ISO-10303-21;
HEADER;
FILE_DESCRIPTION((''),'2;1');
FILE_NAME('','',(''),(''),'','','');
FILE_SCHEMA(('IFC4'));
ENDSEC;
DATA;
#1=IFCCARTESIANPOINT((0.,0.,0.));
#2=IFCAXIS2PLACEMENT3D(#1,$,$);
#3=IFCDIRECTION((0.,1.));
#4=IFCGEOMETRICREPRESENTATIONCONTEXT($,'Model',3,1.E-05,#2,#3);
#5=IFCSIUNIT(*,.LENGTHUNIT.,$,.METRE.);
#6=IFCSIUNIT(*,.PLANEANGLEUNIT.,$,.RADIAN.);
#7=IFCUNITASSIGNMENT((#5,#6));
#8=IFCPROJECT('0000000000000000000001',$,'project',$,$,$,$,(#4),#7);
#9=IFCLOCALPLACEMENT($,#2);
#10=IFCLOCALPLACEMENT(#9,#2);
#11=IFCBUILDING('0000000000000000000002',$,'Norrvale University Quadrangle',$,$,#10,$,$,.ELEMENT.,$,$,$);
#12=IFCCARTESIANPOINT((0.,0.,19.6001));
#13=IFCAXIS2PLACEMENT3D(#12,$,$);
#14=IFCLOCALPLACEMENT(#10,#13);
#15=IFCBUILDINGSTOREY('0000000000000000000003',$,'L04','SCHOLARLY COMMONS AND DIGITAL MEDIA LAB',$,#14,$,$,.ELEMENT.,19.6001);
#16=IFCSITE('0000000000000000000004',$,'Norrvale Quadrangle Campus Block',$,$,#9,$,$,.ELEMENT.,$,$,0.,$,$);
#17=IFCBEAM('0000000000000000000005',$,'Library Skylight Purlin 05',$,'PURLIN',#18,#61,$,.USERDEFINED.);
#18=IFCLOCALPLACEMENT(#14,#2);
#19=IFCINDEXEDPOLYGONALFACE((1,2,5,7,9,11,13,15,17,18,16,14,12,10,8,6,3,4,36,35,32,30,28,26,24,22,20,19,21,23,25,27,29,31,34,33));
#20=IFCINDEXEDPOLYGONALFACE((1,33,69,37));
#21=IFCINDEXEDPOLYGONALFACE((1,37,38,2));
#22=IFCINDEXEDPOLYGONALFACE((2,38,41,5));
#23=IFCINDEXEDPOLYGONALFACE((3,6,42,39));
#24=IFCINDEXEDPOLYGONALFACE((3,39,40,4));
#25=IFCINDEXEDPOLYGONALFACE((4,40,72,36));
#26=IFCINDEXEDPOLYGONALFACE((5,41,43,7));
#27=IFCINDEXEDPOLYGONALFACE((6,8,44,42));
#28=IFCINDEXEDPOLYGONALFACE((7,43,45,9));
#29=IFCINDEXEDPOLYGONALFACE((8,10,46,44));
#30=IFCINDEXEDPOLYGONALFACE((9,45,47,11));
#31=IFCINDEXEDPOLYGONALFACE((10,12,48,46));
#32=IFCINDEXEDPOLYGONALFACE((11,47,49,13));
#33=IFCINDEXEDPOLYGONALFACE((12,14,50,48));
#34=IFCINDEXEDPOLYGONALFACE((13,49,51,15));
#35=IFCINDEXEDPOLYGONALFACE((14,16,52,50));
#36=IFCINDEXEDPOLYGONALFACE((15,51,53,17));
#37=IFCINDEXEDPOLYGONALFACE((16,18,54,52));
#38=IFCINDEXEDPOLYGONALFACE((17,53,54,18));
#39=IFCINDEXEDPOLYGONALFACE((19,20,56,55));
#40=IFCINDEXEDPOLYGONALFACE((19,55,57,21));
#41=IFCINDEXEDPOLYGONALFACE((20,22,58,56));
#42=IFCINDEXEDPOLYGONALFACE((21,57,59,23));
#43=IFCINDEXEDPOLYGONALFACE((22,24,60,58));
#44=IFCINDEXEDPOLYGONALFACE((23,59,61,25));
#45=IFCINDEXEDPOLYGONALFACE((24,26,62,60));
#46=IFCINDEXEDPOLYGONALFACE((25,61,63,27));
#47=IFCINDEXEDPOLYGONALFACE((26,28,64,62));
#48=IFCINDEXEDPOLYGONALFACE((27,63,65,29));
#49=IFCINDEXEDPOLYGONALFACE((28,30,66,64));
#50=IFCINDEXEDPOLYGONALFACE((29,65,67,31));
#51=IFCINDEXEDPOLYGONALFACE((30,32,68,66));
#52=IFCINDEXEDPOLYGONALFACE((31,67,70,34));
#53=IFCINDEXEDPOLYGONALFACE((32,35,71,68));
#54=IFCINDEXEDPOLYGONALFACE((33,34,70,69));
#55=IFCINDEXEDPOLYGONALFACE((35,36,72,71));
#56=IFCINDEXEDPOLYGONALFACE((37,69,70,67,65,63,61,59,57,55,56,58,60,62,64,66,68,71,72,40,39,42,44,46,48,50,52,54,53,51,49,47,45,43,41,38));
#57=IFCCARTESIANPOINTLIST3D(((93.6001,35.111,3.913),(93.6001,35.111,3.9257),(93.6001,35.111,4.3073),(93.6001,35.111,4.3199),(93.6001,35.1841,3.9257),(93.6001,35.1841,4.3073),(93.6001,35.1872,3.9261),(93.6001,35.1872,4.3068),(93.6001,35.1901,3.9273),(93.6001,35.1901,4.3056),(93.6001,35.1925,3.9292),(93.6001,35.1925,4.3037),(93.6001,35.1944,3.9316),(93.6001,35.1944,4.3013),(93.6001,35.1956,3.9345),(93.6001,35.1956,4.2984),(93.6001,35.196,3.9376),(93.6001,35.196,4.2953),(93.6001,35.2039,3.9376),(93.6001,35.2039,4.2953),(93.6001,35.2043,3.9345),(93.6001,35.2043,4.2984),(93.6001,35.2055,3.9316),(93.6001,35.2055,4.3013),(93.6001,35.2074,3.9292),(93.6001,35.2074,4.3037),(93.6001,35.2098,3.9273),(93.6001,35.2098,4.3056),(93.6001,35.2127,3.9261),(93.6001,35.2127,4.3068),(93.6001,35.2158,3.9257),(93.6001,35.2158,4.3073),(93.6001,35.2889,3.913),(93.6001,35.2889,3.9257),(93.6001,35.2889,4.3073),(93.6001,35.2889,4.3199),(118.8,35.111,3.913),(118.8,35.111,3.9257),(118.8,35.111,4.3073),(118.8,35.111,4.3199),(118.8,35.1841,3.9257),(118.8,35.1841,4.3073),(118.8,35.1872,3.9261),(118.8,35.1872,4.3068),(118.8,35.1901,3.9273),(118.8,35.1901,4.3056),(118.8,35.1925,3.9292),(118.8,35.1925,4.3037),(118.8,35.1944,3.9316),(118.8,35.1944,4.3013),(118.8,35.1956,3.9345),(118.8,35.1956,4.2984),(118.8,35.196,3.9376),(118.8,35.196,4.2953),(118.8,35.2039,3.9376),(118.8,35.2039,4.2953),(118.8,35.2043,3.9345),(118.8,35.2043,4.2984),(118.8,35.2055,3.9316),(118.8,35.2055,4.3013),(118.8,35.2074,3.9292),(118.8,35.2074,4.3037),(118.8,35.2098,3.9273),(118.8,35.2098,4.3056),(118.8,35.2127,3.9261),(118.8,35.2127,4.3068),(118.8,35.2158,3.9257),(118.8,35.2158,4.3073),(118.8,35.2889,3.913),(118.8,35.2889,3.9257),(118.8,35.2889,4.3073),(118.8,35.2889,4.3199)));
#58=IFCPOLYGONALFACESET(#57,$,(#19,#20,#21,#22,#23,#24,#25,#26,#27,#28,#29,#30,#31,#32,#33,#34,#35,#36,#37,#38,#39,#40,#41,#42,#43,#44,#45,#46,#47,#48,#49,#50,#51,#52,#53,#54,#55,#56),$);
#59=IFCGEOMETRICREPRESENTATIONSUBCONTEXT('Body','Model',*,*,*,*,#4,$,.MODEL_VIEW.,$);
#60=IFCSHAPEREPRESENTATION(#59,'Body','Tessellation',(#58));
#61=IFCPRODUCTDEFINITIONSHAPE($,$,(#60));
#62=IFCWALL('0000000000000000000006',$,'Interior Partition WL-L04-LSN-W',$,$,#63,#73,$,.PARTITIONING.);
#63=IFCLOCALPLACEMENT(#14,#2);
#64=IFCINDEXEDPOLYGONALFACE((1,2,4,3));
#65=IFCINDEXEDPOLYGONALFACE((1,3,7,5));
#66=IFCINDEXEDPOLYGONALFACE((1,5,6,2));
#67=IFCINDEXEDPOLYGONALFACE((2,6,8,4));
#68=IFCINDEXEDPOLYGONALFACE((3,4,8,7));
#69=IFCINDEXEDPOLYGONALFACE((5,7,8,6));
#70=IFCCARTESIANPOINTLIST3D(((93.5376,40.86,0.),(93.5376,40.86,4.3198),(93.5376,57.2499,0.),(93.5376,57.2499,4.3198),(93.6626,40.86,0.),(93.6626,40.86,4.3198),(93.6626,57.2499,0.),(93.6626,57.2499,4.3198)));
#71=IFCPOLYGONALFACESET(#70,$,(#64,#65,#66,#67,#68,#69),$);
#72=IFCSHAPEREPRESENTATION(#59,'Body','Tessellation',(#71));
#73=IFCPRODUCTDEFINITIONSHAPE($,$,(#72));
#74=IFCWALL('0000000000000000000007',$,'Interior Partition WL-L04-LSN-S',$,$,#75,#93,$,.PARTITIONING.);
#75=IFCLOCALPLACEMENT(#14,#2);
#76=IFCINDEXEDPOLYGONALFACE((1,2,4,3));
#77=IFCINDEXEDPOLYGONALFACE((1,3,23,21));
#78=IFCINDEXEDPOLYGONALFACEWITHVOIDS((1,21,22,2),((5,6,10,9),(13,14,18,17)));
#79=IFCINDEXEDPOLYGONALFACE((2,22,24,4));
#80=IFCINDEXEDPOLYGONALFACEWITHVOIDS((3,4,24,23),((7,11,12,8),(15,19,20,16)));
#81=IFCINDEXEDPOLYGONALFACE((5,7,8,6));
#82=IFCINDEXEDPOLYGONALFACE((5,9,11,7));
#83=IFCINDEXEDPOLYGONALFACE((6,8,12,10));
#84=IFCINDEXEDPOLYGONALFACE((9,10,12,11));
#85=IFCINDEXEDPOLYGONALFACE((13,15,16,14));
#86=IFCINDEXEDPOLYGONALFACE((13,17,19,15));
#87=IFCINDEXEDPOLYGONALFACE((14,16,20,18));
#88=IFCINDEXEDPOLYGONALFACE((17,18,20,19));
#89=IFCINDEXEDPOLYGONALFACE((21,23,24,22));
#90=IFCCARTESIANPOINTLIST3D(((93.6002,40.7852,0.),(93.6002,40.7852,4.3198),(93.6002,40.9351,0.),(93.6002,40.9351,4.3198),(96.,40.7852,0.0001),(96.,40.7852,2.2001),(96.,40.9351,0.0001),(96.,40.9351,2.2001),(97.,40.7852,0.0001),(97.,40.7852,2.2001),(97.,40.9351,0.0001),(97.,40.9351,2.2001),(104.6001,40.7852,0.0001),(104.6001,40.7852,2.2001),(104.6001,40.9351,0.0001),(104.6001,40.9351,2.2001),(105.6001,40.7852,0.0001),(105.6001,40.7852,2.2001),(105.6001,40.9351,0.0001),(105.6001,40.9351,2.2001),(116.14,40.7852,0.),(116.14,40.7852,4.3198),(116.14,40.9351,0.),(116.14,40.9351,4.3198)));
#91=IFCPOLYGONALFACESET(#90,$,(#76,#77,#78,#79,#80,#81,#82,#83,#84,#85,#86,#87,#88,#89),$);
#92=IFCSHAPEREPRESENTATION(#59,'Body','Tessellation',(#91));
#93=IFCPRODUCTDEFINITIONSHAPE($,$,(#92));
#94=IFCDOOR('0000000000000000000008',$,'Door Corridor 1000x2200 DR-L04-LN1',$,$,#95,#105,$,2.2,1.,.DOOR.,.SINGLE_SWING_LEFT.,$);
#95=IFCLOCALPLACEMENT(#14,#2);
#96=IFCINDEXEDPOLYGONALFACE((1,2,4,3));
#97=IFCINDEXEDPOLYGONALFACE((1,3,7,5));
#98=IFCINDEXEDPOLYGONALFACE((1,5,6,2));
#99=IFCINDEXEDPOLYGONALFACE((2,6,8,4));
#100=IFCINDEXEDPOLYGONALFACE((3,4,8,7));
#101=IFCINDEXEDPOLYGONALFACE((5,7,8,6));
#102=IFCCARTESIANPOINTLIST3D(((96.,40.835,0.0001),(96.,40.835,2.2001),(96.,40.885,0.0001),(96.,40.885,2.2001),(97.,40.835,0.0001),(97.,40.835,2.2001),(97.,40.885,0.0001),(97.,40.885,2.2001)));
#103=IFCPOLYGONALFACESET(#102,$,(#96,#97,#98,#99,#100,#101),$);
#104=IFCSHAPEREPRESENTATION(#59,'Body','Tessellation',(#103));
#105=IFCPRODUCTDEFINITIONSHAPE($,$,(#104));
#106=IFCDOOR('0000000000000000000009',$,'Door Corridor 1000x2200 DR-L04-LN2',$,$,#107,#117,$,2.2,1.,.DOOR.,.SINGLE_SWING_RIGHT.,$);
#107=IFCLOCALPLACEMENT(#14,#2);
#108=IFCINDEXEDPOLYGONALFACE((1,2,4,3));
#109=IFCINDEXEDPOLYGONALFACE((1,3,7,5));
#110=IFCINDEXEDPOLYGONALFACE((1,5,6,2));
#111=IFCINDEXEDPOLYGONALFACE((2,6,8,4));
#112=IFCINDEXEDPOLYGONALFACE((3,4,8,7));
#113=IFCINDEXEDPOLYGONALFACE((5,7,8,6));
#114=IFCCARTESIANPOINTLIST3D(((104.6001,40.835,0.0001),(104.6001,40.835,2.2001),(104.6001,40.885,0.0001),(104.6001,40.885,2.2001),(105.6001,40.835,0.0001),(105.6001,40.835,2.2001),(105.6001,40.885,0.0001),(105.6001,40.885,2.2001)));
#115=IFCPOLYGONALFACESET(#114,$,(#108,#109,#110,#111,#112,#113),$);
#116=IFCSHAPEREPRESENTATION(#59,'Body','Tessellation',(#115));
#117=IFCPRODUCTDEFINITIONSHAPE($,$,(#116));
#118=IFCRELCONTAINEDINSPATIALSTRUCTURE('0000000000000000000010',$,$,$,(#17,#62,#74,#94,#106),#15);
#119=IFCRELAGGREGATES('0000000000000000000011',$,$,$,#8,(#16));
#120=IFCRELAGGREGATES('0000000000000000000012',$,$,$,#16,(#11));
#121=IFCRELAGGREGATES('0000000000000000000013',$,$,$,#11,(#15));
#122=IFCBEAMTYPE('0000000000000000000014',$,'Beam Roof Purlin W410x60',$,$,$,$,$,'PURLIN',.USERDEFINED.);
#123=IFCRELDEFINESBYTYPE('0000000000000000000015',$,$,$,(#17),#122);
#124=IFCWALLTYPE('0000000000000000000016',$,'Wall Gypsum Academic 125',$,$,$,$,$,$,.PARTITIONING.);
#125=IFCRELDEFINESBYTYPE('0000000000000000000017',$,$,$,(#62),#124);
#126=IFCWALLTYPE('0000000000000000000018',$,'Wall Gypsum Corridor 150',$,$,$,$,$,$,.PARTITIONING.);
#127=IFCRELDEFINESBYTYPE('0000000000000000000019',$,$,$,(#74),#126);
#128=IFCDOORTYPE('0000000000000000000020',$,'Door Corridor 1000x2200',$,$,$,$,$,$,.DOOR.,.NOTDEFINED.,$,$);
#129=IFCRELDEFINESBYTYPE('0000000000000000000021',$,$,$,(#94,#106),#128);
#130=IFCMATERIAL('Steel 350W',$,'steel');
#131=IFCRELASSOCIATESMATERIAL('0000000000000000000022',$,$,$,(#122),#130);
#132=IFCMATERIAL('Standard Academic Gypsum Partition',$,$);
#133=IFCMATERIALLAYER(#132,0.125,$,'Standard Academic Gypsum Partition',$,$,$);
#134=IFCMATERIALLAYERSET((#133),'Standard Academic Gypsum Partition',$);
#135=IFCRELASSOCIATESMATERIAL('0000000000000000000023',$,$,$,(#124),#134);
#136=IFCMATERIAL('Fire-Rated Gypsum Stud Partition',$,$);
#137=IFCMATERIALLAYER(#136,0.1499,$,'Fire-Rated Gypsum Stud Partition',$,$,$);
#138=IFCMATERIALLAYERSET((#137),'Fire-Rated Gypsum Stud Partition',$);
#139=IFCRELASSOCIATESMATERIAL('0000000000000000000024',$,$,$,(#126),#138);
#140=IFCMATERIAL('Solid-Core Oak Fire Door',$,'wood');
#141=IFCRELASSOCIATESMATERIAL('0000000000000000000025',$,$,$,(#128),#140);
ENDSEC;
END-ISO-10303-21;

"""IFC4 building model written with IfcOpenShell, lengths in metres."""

from ifc_helpers import new_model, si_unit, direction, frame, frame_2d, origin, origin_2d, place, context, subcontext, project, spatial, rectangle, i_section, extrude, material, layer, layer_set, material_profile, profile_set, type_object, element, fill, save


model = new_model("IFC4")

# Units and contexts
model_context = context("Model", 3, precision=1e-05, world=origin(), true_north=direction((0.0, 1.0)))
body_context = subcontext(model_context, "Body", "Model", "MODEL_VIEW")
ifc_project = project(units=[si_unit("LENGTHUNIT", "METRE"), si_unit("PLANEANGLEUNIT", "RADIAN")], contexts=[model_context])

# Site, building, storey
site_placement = place(None, origin())
site = spatial("IfcSite", under=ifc_project, at=site_placement, Name="Norrvale Quadrangle Campus Block", CompositionType="ELEMENT", RefElevation=0.0)
building_placement = place(site_placement, origin())
building = spatial("IfcBuilding", under=site, at=building_placement, Name="Norrvale University Quadrangle", CompositionType="ELEMENT")
storey_placement = place(building_placement, frame((0.0, 0.0, 19.6001)))
storey = spatial("IfcBuildingStorey", under=building, at=storey_placement, Name="L04", Description="SCHOLARLY COMMONS AND DIGITAL MEDIA LAB", CompositionType="ELEMENT", Elevation=19.6001)

# Beam
ifc_material_1 = material(Name="Steel 350W", Category="steel")
ifc_material_profile_1 = material_profile(ifc_material_1, i_section(OverallWidth=0.178, OverallDepth=0.407, WebThickness=0.0078, FlangeThickness=0.0127, FilletRadius=0.012, at=origin_2d()), Name="Steel 350W")
ifc_profile_set_1 = profile_set([ifc_material_profile_1], Name="Steel 350W")
beam_type_1 = type_object("IfcBeamType", Name="Beam Roof Purlin W410x60", ElementType="PURLIN", PredefinedType="USERDEFINED", material=ifc_profile_set_1)
for number, where, z_axis, x_axis, name in (
    (1, (93.6001, 35.2, 4.1165), (1.0, 0.0, 0.0), (0.0, 1.0, 0.0), "Library Skylight Purlin 05"),
):
    element("IfcBeam", number, at=place(storey_placement, frame(where, z_axis=z_axis, x_axis=x_axis)), inside=storey, type_object=beam_type_1, Name=name, ObjectType="PURLIN", PredefinedType="USERDEFINED", context=body_context, shape_type="SweptSolid", body=[
        extrude(i_section(OverallWidth=0.178, OverallDepth=0.407, WebThickness=0.0078, FlangeThickness=0.0127, FilletRadius=0.012, at=origin_2d()), origin(), (0.0, 0.0, 1.0), 25.2),
    ])

# Wall
ifc_material_2 = material(Name="Standard Academic Gypsum Partition")
ifc_layer_1 = layer(ifc_material_2, 0.125, Name="Standard Academic Gypsum Partition")
ifc_layer_set_1 = layer_set([ifc_layer_1], Name="Standard Academic Gypsum Partition")
wall_type_1 = type_object("IfcWallType", Name="Wall Gypsum Academic 125", PredefinedType="PARTITIONING", material=ifc_layer_set_1)
wall_1_placement = place(storey_placement, frame((93.6001, 40.8601, 0.0), z_axis=(0.0, 0.0, 1.0), x_axis=(0.0, 1.0, 0.0)))
element("IfcWall", 2, at=wall_1_placement, inside=storey, type_object=wall_type_1, Name="Interior Partition WL-L04-LSN-W", PredefinedType="PARTITIONING", context=body_context, shape_type="SweptSolid", body=[
    extrude(rectangle(XDim=16.3899, YDim=0.125, at=frame_2d((8.1948, 0.0))), origin(), (0.0, 0.0, 1.0), 4.3198),
])

# Wall, openings, doors
ifc_material_3 = material(Name="Fire-Rated Gypsum Stud Partition")
ifc_layer_2 = layer(ifc_material_3, 0.1499, Name="Fire-Rated Gypsum Stud Partition")
ifc_layer_set_2 = layer_set([ifc_layer_2], Name="Fire-Rated Gypsum Stud Partition")
wall_type_2 = type_object("IfcWallType", Name="Wall Gypsum Corridor 150", PredefinedType="PARTITIONING", material=ifc_layer_set_2)
wall_2_placement = place(storey_placement, frame((93.6001, 40.8601, 0.0), z_axis=(0.0, 0.0, 1.0), x_axis=(1.0, 0.0, 0.0)))
wall_2 = element("IfcWall", 3, at=wall_2_placement, inside=storey, type_object=wall_type_2, Name="Interior Partition WL-L04-LSN-S", PredefinedType="PARTITIONING", context=body_context, shape_type="SweptSolid", body=[
    extrude(rectangle(XDim=22.5398, YDim=0.1499, at=frame_2d((11.27, 0.0))), origin(), (0.0, 0.0, 1.0), 4.3198),
])
opening_1_placement = place(wall_2_placement, frame((2.3999, 0.0, 0.0)))
opening_1 = element("IfcOpeningElement", 4, at=opening_1_placement, cuts=wall_2, PredefinedType="OPENING", context=body_context, shape_type="SweptSolid", body=[
    extrude(rectangle(XDim=1.0, YDim=2.2, at=frame_2d((0.5, 1.1001))), frame((0.0, 0.0869, 0.0), z_axis=(0.0, -1.0, 0.0), x_axis=(1.0, 0.0, 0.0)), (0.0, 0.0, 1.0), 0.1738),
])
opening_2_placement = place(wall_2_placement, frame((11.0, 0.0, 0.0)))
opening_2 = element("IfcOpeningElement", 5, at=opening_2_placement, cuts=wall_2, PredefinedType="OPENING", context=body_context, shape_type="SweptSolid", body=[
    extrude(rectangle(XDim=1.0, YDim=2.2, at=frame_2d((0.5, 1.1001))), frame((0.0, 0.0869, 0.0), z_axis=(0.0, -1.0, 0.0), x_axis=(1.0, 0.0, 0.0)), (0.0, 0.0, 1.0), 0.1738),
])
ifc_material_4 = material(Name="Solid-Core Oak Fire Door", Category="wood")
door_type = type_object("IfcDoorType", Name="Door Corridor 1000x2200", OperationType="NOTDEFINED", PredefinedType="DOOR", material=ifc_material_4)
door_1_placement = place(opening_1_placement, origin())
door_1 = element("IfcDoor", 6, at=door_1_placement, inside=storey, type_object=door_type, Name="Door Corridor 1000x2200 DR-L04-LN1", OperationType="SINGLE_SWING_LEFT", OverallHeight=2.2, OverallWidth=1.0, PredefinedType="DOOR", context=body_context, shape_type="SweptSolid", body=[
    extrude(rectangle(XDim=1.0, YDim=2.2, at=frame_2d((0.5, 1.1001))), frame((0.0, 0.0249, 0.0), z_axis=(0.0, -1.0, 0.0), x_axis=(1.0, 0.0, 0.0)), (0.0, 0.0, 1.0), 0.05),
])
fill(opening_1, door_1)
door_2_placement = place(opening_2_placement, origin())
door_2 = element("IfcDoor", 7, at=door_2_placement, inside=storey, type_object=door_type, Name="Door Corridor 1000x2200 DR-L04-LN2", OperationType="SINGLE_SWING_RIGHT", OverallHeight=2.2, OverallWidth=1.0, PredefinedType="DOOR", context=body_context, shape_type="SweptSolid", body=[
    extrude(rectangle(XDim=1.0, YDim=2.2, at=frame_2d((0.5, 1.1001))), frame((0.0, 0.0249, 0.0), z_axis=(0.0, -1.0, 0.0), x_axis=(1.0, 0.0, 0.0)), (0.0, 0.0, 1.0), 0.05),
])
fill(opening_2, door_2)

save(model, "model.ifc")
